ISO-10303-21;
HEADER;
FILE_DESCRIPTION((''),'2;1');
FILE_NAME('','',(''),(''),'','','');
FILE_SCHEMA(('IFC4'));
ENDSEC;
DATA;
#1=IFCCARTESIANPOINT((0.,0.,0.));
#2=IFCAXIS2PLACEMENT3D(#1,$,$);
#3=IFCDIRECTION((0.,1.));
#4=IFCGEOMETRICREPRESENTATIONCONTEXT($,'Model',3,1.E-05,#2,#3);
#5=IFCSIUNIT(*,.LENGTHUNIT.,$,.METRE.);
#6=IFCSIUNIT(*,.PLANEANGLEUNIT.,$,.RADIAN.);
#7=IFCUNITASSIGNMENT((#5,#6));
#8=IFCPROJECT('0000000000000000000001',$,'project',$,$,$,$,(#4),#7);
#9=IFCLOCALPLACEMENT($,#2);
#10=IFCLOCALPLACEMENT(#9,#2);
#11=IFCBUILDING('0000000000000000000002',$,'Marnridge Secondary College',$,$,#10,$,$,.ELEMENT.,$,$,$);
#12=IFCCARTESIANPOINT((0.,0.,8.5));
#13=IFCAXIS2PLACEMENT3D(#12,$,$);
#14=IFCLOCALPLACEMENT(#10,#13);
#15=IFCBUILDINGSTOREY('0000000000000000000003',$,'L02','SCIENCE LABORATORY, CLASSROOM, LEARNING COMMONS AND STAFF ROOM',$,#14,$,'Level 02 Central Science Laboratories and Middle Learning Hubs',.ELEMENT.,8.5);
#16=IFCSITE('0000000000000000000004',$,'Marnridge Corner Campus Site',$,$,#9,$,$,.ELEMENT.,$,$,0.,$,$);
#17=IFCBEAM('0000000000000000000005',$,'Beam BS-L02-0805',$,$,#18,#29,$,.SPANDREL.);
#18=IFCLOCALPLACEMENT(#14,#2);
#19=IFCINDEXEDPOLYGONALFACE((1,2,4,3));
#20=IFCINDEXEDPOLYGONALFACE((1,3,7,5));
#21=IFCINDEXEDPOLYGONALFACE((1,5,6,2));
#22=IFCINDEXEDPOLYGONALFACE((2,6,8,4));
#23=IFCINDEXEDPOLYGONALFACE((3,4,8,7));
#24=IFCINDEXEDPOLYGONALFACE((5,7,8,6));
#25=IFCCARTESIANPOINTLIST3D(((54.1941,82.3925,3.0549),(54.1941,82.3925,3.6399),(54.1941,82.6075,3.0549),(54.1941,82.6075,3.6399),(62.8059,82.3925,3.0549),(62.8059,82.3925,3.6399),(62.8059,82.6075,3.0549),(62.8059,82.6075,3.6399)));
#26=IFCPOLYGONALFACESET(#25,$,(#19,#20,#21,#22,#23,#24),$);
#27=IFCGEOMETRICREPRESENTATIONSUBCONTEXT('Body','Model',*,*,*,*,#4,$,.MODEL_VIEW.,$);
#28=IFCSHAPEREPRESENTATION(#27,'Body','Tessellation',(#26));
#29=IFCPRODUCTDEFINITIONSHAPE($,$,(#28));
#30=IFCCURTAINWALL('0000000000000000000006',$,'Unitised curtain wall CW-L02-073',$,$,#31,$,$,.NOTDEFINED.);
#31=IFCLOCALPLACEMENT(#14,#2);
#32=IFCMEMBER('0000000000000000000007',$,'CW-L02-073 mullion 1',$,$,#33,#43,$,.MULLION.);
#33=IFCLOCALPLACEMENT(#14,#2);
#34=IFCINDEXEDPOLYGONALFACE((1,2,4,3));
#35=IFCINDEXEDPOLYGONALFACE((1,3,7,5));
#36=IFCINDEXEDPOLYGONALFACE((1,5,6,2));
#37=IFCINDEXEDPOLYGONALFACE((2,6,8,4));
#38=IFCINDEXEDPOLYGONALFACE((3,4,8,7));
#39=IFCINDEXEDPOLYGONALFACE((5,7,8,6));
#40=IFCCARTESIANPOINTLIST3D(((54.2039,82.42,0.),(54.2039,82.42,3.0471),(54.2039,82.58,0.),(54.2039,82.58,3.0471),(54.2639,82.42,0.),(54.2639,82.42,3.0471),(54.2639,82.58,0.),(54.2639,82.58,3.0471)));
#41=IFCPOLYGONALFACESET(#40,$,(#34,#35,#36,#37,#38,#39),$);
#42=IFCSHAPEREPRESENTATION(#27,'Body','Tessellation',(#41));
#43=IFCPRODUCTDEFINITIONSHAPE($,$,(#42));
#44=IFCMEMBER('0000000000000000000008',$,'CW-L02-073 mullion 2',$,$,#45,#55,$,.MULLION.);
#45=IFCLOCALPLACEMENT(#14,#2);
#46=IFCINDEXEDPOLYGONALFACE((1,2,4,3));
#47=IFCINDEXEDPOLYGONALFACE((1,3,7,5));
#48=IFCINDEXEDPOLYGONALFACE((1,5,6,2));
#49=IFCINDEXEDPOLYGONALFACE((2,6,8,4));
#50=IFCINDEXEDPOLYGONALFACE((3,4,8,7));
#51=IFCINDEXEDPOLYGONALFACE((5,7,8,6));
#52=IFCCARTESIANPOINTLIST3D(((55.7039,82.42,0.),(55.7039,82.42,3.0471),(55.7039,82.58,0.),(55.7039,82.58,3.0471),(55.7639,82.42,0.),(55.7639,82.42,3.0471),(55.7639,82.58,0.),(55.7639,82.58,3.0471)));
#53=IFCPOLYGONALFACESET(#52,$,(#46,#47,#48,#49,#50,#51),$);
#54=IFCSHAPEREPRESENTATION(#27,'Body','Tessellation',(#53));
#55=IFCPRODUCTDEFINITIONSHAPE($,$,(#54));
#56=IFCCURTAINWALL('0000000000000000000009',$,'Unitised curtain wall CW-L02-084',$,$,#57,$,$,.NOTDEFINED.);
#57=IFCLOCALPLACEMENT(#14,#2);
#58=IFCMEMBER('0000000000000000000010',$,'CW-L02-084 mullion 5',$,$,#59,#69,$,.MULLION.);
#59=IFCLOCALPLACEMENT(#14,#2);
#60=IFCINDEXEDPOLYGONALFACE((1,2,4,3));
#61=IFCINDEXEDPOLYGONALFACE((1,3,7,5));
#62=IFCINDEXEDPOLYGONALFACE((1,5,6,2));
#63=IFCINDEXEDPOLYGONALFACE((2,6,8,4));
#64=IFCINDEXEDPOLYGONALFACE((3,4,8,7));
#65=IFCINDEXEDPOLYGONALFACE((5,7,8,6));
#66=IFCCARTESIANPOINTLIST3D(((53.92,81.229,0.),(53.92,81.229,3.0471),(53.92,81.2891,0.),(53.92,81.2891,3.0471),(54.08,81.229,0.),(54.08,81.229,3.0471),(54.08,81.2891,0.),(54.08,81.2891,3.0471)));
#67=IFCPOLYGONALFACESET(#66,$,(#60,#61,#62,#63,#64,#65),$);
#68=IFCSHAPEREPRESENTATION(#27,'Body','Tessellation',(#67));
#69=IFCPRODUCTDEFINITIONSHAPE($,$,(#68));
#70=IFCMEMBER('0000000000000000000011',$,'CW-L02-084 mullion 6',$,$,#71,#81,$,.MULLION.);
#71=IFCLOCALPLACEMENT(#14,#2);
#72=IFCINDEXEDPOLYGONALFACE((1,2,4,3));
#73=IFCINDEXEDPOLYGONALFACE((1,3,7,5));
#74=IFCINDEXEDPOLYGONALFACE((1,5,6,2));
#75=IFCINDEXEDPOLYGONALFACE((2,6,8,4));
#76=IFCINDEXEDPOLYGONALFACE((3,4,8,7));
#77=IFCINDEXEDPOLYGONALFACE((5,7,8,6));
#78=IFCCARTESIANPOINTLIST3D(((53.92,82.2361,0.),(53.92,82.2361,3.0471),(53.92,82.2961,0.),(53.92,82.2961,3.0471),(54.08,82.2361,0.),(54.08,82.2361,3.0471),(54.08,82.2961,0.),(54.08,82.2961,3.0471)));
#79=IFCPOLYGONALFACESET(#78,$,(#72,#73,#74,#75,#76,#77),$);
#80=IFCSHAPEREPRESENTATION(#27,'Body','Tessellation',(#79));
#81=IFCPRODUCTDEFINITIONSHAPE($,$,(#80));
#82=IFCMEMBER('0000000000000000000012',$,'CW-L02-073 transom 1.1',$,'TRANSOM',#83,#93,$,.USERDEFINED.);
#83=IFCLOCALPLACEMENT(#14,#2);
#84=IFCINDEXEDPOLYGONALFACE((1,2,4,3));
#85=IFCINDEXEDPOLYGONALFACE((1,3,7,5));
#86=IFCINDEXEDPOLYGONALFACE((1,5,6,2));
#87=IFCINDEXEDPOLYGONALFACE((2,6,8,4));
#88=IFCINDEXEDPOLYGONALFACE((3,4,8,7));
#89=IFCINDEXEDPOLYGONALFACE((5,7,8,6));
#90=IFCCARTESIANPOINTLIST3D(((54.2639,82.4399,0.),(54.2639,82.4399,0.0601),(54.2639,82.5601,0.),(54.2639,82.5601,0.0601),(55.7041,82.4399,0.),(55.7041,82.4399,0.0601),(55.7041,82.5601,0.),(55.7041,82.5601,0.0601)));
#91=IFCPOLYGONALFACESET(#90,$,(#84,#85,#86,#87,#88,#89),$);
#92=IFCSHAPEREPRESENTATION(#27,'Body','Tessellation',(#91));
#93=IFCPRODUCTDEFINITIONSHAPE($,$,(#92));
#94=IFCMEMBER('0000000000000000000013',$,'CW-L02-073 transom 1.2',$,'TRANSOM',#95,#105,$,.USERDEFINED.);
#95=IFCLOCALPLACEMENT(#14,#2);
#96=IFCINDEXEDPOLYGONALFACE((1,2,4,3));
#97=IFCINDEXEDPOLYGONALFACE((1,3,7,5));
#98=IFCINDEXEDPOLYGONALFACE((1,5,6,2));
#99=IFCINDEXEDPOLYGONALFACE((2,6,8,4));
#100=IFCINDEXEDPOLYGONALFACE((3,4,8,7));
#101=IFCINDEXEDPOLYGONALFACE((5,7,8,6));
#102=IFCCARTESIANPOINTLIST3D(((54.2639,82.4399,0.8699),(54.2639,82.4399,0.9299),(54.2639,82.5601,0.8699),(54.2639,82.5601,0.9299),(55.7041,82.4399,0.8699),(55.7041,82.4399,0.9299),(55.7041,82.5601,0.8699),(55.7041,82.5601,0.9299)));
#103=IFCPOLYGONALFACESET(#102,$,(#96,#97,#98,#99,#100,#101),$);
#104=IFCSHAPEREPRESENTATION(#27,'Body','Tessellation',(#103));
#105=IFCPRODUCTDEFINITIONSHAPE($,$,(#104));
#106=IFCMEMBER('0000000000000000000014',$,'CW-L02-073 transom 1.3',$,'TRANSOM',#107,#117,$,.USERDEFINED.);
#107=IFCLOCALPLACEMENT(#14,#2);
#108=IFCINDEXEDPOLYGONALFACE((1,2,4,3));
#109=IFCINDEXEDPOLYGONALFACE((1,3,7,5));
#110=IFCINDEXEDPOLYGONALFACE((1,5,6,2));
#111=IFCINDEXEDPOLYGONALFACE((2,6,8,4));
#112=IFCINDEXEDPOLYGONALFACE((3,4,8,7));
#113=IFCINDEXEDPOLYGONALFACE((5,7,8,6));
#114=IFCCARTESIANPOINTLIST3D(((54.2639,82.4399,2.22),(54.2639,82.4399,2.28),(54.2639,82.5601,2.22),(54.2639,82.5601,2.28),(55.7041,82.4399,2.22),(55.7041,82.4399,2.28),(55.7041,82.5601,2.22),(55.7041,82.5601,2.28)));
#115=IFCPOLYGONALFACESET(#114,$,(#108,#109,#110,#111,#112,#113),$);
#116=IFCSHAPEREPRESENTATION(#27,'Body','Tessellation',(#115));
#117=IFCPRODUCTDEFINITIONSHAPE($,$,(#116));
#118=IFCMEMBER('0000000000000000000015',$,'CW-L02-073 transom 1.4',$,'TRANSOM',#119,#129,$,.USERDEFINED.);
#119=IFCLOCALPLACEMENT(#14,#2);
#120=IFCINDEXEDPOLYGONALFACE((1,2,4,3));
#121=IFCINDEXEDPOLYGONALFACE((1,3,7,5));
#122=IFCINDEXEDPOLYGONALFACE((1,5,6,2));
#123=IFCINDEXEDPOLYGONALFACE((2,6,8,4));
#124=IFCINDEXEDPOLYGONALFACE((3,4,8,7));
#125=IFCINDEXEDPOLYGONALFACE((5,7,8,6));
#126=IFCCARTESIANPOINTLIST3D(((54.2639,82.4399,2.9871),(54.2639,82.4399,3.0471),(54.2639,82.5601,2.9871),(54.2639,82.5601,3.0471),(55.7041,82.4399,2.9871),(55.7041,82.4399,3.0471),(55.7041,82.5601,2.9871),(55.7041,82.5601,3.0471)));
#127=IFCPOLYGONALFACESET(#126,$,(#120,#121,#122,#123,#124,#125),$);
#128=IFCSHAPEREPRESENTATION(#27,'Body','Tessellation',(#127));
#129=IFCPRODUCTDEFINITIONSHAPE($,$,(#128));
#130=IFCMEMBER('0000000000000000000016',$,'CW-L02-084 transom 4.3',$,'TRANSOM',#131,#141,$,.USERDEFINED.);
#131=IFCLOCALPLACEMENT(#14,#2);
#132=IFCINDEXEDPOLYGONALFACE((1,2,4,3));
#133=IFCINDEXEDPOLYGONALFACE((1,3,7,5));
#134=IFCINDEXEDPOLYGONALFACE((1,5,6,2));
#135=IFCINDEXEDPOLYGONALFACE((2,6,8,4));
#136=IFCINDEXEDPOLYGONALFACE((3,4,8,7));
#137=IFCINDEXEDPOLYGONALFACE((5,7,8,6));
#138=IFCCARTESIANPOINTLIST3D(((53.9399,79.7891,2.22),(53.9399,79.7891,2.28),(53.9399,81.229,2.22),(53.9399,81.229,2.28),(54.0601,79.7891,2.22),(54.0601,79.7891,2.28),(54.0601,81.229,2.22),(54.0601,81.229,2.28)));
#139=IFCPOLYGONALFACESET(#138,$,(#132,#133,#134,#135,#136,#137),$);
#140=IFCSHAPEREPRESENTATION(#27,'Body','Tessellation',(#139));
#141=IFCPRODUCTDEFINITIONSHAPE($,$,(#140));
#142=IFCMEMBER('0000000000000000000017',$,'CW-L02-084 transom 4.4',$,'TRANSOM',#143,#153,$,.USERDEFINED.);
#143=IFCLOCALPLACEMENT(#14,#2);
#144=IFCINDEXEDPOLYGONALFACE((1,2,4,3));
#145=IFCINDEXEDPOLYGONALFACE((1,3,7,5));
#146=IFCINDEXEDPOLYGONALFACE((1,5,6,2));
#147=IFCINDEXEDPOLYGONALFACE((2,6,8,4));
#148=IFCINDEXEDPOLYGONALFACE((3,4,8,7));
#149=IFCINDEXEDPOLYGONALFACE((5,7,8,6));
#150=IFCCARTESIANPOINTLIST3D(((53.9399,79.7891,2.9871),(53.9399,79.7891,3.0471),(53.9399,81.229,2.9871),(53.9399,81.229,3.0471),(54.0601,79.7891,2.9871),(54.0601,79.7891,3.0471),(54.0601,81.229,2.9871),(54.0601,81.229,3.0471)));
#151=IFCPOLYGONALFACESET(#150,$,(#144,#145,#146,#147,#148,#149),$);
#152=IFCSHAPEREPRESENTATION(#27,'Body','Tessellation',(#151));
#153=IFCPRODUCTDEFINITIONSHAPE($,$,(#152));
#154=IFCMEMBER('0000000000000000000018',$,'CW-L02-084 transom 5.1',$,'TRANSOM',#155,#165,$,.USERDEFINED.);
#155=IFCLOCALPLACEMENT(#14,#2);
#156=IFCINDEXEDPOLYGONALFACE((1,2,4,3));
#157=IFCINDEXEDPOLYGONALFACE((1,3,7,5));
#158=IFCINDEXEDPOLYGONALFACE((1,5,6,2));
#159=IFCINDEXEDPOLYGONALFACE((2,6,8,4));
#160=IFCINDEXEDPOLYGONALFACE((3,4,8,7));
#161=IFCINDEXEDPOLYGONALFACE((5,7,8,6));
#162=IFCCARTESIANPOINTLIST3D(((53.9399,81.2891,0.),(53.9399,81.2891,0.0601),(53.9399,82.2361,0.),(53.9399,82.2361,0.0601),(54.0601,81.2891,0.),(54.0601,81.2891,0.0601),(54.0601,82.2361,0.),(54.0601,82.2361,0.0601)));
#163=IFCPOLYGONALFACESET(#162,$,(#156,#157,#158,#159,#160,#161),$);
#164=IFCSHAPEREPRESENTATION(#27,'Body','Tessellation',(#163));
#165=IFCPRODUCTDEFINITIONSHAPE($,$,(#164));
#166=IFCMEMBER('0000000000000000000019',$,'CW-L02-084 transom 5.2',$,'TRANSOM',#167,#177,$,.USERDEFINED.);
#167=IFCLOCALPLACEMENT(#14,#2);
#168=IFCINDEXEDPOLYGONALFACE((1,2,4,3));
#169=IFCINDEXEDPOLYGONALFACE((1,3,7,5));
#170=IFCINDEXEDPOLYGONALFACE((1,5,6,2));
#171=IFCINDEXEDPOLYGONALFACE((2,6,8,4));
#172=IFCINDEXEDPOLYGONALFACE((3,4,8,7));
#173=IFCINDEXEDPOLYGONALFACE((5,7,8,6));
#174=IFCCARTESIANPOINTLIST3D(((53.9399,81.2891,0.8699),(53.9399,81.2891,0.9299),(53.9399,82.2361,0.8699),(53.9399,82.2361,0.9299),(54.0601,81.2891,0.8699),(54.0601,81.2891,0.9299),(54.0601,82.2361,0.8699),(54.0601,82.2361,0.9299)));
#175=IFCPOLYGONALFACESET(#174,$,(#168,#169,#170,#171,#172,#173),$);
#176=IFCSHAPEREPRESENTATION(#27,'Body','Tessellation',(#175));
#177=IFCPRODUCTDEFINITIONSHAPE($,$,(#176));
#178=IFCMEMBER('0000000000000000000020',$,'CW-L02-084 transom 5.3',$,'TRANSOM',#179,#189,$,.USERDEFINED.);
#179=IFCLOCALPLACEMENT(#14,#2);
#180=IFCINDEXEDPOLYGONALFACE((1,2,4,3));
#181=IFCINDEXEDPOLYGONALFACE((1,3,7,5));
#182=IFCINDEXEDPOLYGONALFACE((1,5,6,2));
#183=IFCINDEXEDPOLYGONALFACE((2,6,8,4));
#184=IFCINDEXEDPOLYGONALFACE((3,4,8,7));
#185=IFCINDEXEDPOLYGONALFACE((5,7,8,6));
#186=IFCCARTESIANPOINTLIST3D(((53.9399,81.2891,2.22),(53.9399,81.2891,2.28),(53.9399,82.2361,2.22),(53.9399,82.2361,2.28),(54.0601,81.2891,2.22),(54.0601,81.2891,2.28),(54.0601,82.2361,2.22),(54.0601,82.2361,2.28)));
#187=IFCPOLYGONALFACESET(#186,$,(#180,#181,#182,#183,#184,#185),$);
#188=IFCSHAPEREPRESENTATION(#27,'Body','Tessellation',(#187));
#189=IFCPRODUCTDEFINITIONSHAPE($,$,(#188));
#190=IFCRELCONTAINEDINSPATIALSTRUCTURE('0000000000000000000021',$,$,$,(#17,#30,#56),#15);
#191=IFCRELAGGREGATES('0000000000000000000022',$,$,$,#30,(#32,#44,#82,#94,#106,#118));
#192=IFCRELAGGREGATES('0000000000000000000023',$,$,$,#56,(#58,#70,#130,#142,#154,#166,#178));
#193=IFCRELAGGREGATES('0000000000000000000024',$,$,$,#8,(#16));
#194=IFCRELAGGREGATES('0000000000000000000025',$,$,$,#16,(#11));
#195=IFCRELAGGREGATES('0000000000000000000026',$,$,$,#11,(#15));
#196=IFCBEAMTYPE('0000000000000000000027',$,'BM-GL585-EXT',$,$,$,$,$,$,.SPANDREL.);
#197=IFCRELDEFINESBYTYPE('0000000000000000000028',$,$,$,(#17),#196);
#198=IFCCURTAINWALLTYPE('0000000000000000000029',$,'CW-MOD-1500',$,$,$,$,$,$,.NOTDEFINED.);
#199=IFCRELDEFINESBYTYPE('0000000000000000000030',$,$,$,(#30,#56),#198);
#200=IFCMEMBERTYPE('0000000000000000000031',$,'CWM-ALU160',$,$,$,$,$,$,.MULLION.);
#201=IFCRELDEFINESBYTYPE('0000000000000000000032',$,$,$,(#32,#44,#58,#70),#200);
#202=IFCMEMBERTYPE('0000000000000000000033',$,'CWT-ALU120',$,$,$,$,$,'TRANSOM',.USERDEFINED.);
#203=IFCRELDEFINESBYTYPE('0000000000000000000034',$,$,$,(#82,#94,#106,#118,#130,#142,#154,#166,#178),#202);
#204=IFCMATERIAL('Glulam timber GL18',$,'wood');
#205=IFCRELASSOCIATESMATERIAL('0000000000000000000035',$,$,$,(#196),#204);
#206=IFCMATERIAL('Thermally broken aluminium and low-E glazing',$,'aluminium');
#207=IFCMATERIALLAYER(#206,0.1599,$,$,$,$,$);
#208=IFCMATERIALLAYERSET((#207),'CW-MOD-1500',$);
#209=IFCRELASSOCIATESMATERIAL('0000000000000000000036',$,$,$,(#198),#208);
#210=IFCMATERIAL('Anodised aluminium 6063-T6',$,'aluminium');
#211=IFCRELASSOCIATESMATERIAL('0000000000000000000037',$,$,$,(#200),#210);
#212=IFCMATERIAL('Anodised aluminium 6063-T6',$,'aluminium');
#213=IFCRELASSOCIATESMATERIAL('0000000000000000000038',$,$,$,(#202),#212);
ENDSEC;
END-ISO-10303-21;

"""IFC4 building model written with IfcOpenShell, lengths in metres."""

from ifc_helpers import new_model, si_unit, direction, frame, origin, origin_2d, place, context, subcontext, project, spatial, rectangle, extrude, material, layer, layer_set, material_profile, profile_set, type_object, element, aggregate, save


model = new_model("IFC4")

# Units and contexts
model_context = context("Model", 3, precision=1e-05, world=origin(), true_north=direction((0.0, 1.0)))
body_context = subcontext(model_context, "Body", "Model", "MODEL_VIEW")
ifc_project = project(units=[si_unit("LENGTHUNIT", "METRE"), si_unit("PLANEANGLEUNIT", "RADIAN")], contexts=[model_context])

# Site, building, storey
site_placement = place(None, origin())
site = spatial("IfcSite", under=ifc_project, at=site_placement, Name="Marnridge Corner Campus Site", CompositionType="ELEMENT", RefElevation=0.0)
building_placement = place(site_placement, origin())
building = spatial("IfcBuilding", under=site, at=building_placement, Name="Marnridge Secondary College", CompositionType="ELEMENT")
storey_placement = place(building_placement, frame((0.0, 0.0, 8.5)))
storey = spatial("IfcBuildingStorey", under=building, at=storey_placement, Name="L02", Description="SCIENCE LABORATORY, CLASSROOM, LEARNING COMMONS AND STAFF ROOM", LongName="Level 02 Central Science Laboratories and Middle Learning Hubs", CompositionType="ELEMENT", Elevation=8.5)

# Beam
ifc_material_1 = material(Name="Glulam timber GL18", Category="wood")
ifc_material_profile_1 = material_profile(ifc_material_1, rectangle(XDim=0.2151, YDim=0.585, at=origin_2d()), Name="GL18 215x585")
ifc_profile_set_1 = profile_set([ifc_material_profile_1], Name="Glulam timber GL18")
beam_type = type_object("IfcBeamType", Name="BM-GL585-EXT", PredefinedType="SPANDREL", material=ifc_profile_set_1)
beam_placement = place(storey_placement, frame((54.1941, 82.5, 3.3474), z_axis=(1.0, 0.0, 0.0), x_axis=(0.0, 1.0, 0.0)))
element("IfcBeam", 1, at=beam_placement, inside=storey, type_object=beam_type, Name="Beam BS-L02-0805", PredefinedType="SPANDREL", context=body_context, shape_type="SweptSolid", body=[
    extrude(rectangle(XDim=0.2151, YDim=0.585, at=origin_2d()), origin(), (0.0, 0.0, 1.0), 8.6118),
])

# Curtain walls, members
ifc_material_2 = material(Name="Thermally broken aluminium and low-E glazing", Category="aluminium")
ifc_layer_1 = layer(ifc_material_2, 0.1599)
ifc_layer_set_1 = layer_set([ifc_layer_1], Name="CW-MOD-1500")
curtain_wall_type = type_object("IfcCurtainWallType", Name="CW-MOD-1500", PredefinedType="NOTDEFINED", material=ifc_layer_set_1)
curtain_wall_1_placement = place(storey_placement, origin())
curtain_wall_1 = element("IfcCurtainWall", 2, at=curtain_wall_1_placement, inside=storey, type_object=curtain_wall_type, Name="Unitised curtain wall CW-L02-073", PredefinedType="NOTDEFINED")
ifc_material_3 = material(Name="Anodised aluminium 6063-T6", Category="aluminium")
ifc_material_profile_2 = material_profile(ifc_material_3, rectangle(XDim=0.0601, YDim=0.1599, at=origin_2d()), Name="ALU 60x160")
ifc_profile_set_2 = profile_set([ifc_material_profile_2], Name="Anodised aluminium 6063-T6")
member_type_1 = type_object("IfcMemberType", Name="CWM-ALU160", PredefinedType="MULLION", material=ifc_profile_set_2)
member_1_placement = place(storey_placement, frame((54.2339, 82.5, 0.0), z_axis=(0.0, 0.0, 1.0), x_axis=(1.0, 0.0, 0.0)))
member_1 = element("IfcMember", 3, at=member_1_placement, type_object=member_type_1, Name="CW-L02-073 mullion 1", PredefinedType="MULLION", context=body_context, shape_type="SweptSolid", body=[
    extrude(rectangle(XDim=0.0601, YDim=0.1599, at=origin_2d()), origin(), (0.0, 0.0, 1.0), 3.0471),
])
member_2_placement = place(storey_placement, frame((55.7339, 82.5, 0.0), z_axis=(0.0, 0.0, 1.0), x_axis=(1.0, 0.0, 0.0)))
member_2 = element("IfcMember", 4, at=member_2_placement, type_object=member_type_1, Name="CW-L02-073 mullion 2", PredefinedType="MULLION", context=body_context, shape_type="SweptSolid", body=[
    extrude(rectangle(XDim=0.0601, YDim=0.1599, at=origin_2d()), origin(), (0.0, 0.0, 1.0), 3.0471),
])
curtain_wall_2_placement = place(storey_placement, origin())
curtain_wall_2 = element("IfcCurtainWall", 5, at=curtain_wall_2_placement, inside=storey, type_object=curtain_wall_type, Name="Unitised curtain wall CW-L02-084", PredefinedType="NOTDEFINED")
member_3_placement = place(storey_placement, frame((54.0, 81.259, 0.0), z_axis=(0.0, 0.0, 1.0), x_axis=(0.0, 1.0, 0.0)))
member_3 = element("IfcMember", 6, at=member_3_placement, type_object=member_type_1, Name="CW-L02-084 mullion 5", PredefinedType="MULLION", context=body_context, shape_type="SweptSolid", body=[
    extrude(rectangle(XDim=0.0601, YDim=0.1599, at=origin_2d()), origin(), (0.0, 0.0, 1.0), 3.0471),
])
member_4_placement = place(storey_placement, frame((54.0, 82.2661, 0.0), z_axis=(0.0, 0.0, 1.0), x_axis=(0.0, 1.0, 0.0)))
member_4 = element("IfcMember", 7, at=member_4_placement, type_object=member_type_1, Name="CW-L02-084 mullion 6", PredefinedType="MULLION", context=body_context, shape_type="SweptSolid", body=[
    extrude(rectangle(XDim=0.0601, YDim=0.1599, at=origin_2d()), origin(), (0.0, 0.0, 1.0), 3.0471),
])

# Members
ifc_material_4 = material(Name="Anodised aluminium 6063-T6", Category="aluminium")
ifc_material_profile_3 = material_profile(ifc_material_4, rectangle(XDim=0.0601, YDim=0.1201, at=origin_2d()), Name="ALU 60x120")
ifc_profile_set_3 = profile_set([ifc_material_profile_3], Name="Anodised aluminium 6063-T6")
member_type_2 = type_object("IfcMemberType", Name="CWT-ALU120", ElementType="TRANSOM", PredefinedType="USERDEFINED", material=ifc_profile_set_3)
member_5_placement = place(storey_placement, frame((54.2639, 82.5, 0.03), z_axis=(1.0, 0.0, 0.0), x_axis=(0.0, 0.0, 1.0)))
member_5 = element("IfcMember", 8, at=member_5_placement, type_object=member_type_2, Name="CW-L02-073 transom 1.1", ObjectType="TRANSOM", PredefinedType="USERDEFINED", context=body_context, shape_type="SweptSolid", body=[
    extrude(rectangle(XDim=0.0601, YDim=0.1201, at=origin_2d()), origin(), (0.0, 0.0, 1.0), 1.4402),
])
member_6_placement = place(storey_placement, frame((54.2639, 82.5, 0.8999), z_axis=(1.0, 0.0, 0.0), x_axis=(0.0, 0.0, 1.0)))
member_6 = element("IfcMember", 9, at=member_6_placement, type_object=member_type_2, Name="CW-L02-073 transom 1.2", ObjectType="TRANSOM", PredefinedType="USERDEFINED", context=body_context, shape_type="SweptSolid", body=[
    extrude(rectangle(XDim=0.0601, YDim=0.1201, at=origin_2d()), origin(), (0.0, 0.0, 1.0), 1.4402),
])
member_7_placement = place(storey_placement, frame((54.2639, 82.5, 2.25), z_axis=(1.0, 0.0, 0.0), x_axis=(0.0, 0.0, 1.0)))
member_7 = element("IfcMember", 10, at=member_7_placement, type_object=member_type_2, Name="CW-L02-073 transom 1.3", ObjectType="TRANSOM", PredefinedType="USERDEFINED", context=body_context, shape_type="SweptSolid", body=[
    extrude(rectangle(XDim=0.0601, YDim=0.1201, at=origin_2d()), origin(), (0.0, 0.0, 1.0), 1.4402),
])
member_8_placement = place(storey_placement, frame((54.2639, 82.5, 3.0171), z_axis=(1.0, 0.0, 0.0), x_axis=(0.0, 0.0, 1.0)))
member_8 = element("IfcMember", 11, at=member_8_placement, type_object=member_type_2, Name="CW-L02-073 transom 1.4", ObjectType="TRANSOM", PredefinedType="USERDEFINED", context=body_context, shape_type="SweptSolid", body=[
    extrude(rectangle(XDim=0.0601, YDim=0.1201, at=origin_2d()), origin(), (0.0, 0.0, 1.0), 1.4402),
])
member_9_placement = place(storey_placement, frame((54.0, 79.7891, 2.25), z_axis=(0.0, 1.0, 0.0), x_axis=(0.0, 0.0, 1.0)))
member_9 = element("IfcMember", 12, at=member_9_placement, type_object=member_type_2, Name="CW-L02-084 transom 4.3", ObjectType="TRANSOM", PredefinedType="USERDEFINED", context=body_context, shape_type="SweptSolid", body=[
    extrude(rectangle(XDim=0.0601, YDim=0.1201, at=origin_2d()), origin(), (0.0, 0.0, 1.0), 1.4399),
])
member_10_placement = place(storey_placement, frame((54.0, 79.7891, 3.0171), z_axis=(0.0, 1.0, 0.0), x_axis=(0.0, 0.0, 1.0)))
member_10 = element("IfcMember", 13, at=member_10_placement, type_object=member_type_2, Name="CW-L02-084 transom 4.4", ObjectType="TRANSOM", PredefinedType="USERDEFINED", context=body_context, shape_type="SweptSolid", body=[
    extrude(rectangle(XDim=0.0601, YDim=0.1201, at=origin_2d()), origin(), (0.0, 0.0, 1.0), 1.4399),
])
member_11_placement = place(storey_placement, frame((54.0, 81.2891, 0.03), z_axis=(0.0, 1.0, 0.0), x_axis=(0.0, 0.0, 1.0)))
member_11 = element("IfcMember", 14, at=member_11_placement, type_object=member_type_2, Name="CW-L02-084 transom 5.1", ObjectType="TRANSOM", PredefinedType="USERDEFINED", context=body_context, shape_type="SweptSolid", body=[
    extrude(rectangle(XDim=0.0601, YDim=0.1201, at=origin_2d()), origin(), (0.0, 0.0, 1.0), 0.947),
])
member_12_placement = place(storey_placement, frame((54.0, 81.2891, 0.8999), z_axis=(0.0, 1.0, 0.0), x_axis=(0.0, 0.0, 1.0)))
member_12 = element("IfcMember", 15, at=member_12_placement, type_object=member_type_2, Name="CW-L02-084 transom 5.2", ObjectType="TRANSOM", PredefinedType="USERDEFINED", context=body_context, shape_type="SweptSolid", body=[
    extrude(rectangle(XDim=0.0601, YDim=0.1201, at=origin_2d()), origin(), (0.0, 0.0, 1.0), 0.947),
])
member_13_placement = place(storey_placement, frame((54.0, 81.2891, 2.25), z_axis=(0.0, 1.0, 0.0), x_axis=(0.0, 0.0, 1.0)))
member_13 = element("IfcMember", 16, at=member_13_placement, type_object=member_type_2, Name="CW-L02-084 transom 5.3", ObjectType="TRANSOM", PredefinedType="USERDEFINED", context=body_context, shape_type="SweptSolid", body=[
    extrude(rectangle(XDim=0.0601, YDim=0.1201, at=origin_2d()), origin(), (0.0, 0.0, 1.0), 0.947),
])

aggregate(curtain_wall_1, [member_1, member_2, member_5, member_6, member_7, member_8])
aggregate(curtain_wall_2, [member_3, member_4, member_9, member_10, member_11, member_12, member_13])

save(model, "model.ifc")
